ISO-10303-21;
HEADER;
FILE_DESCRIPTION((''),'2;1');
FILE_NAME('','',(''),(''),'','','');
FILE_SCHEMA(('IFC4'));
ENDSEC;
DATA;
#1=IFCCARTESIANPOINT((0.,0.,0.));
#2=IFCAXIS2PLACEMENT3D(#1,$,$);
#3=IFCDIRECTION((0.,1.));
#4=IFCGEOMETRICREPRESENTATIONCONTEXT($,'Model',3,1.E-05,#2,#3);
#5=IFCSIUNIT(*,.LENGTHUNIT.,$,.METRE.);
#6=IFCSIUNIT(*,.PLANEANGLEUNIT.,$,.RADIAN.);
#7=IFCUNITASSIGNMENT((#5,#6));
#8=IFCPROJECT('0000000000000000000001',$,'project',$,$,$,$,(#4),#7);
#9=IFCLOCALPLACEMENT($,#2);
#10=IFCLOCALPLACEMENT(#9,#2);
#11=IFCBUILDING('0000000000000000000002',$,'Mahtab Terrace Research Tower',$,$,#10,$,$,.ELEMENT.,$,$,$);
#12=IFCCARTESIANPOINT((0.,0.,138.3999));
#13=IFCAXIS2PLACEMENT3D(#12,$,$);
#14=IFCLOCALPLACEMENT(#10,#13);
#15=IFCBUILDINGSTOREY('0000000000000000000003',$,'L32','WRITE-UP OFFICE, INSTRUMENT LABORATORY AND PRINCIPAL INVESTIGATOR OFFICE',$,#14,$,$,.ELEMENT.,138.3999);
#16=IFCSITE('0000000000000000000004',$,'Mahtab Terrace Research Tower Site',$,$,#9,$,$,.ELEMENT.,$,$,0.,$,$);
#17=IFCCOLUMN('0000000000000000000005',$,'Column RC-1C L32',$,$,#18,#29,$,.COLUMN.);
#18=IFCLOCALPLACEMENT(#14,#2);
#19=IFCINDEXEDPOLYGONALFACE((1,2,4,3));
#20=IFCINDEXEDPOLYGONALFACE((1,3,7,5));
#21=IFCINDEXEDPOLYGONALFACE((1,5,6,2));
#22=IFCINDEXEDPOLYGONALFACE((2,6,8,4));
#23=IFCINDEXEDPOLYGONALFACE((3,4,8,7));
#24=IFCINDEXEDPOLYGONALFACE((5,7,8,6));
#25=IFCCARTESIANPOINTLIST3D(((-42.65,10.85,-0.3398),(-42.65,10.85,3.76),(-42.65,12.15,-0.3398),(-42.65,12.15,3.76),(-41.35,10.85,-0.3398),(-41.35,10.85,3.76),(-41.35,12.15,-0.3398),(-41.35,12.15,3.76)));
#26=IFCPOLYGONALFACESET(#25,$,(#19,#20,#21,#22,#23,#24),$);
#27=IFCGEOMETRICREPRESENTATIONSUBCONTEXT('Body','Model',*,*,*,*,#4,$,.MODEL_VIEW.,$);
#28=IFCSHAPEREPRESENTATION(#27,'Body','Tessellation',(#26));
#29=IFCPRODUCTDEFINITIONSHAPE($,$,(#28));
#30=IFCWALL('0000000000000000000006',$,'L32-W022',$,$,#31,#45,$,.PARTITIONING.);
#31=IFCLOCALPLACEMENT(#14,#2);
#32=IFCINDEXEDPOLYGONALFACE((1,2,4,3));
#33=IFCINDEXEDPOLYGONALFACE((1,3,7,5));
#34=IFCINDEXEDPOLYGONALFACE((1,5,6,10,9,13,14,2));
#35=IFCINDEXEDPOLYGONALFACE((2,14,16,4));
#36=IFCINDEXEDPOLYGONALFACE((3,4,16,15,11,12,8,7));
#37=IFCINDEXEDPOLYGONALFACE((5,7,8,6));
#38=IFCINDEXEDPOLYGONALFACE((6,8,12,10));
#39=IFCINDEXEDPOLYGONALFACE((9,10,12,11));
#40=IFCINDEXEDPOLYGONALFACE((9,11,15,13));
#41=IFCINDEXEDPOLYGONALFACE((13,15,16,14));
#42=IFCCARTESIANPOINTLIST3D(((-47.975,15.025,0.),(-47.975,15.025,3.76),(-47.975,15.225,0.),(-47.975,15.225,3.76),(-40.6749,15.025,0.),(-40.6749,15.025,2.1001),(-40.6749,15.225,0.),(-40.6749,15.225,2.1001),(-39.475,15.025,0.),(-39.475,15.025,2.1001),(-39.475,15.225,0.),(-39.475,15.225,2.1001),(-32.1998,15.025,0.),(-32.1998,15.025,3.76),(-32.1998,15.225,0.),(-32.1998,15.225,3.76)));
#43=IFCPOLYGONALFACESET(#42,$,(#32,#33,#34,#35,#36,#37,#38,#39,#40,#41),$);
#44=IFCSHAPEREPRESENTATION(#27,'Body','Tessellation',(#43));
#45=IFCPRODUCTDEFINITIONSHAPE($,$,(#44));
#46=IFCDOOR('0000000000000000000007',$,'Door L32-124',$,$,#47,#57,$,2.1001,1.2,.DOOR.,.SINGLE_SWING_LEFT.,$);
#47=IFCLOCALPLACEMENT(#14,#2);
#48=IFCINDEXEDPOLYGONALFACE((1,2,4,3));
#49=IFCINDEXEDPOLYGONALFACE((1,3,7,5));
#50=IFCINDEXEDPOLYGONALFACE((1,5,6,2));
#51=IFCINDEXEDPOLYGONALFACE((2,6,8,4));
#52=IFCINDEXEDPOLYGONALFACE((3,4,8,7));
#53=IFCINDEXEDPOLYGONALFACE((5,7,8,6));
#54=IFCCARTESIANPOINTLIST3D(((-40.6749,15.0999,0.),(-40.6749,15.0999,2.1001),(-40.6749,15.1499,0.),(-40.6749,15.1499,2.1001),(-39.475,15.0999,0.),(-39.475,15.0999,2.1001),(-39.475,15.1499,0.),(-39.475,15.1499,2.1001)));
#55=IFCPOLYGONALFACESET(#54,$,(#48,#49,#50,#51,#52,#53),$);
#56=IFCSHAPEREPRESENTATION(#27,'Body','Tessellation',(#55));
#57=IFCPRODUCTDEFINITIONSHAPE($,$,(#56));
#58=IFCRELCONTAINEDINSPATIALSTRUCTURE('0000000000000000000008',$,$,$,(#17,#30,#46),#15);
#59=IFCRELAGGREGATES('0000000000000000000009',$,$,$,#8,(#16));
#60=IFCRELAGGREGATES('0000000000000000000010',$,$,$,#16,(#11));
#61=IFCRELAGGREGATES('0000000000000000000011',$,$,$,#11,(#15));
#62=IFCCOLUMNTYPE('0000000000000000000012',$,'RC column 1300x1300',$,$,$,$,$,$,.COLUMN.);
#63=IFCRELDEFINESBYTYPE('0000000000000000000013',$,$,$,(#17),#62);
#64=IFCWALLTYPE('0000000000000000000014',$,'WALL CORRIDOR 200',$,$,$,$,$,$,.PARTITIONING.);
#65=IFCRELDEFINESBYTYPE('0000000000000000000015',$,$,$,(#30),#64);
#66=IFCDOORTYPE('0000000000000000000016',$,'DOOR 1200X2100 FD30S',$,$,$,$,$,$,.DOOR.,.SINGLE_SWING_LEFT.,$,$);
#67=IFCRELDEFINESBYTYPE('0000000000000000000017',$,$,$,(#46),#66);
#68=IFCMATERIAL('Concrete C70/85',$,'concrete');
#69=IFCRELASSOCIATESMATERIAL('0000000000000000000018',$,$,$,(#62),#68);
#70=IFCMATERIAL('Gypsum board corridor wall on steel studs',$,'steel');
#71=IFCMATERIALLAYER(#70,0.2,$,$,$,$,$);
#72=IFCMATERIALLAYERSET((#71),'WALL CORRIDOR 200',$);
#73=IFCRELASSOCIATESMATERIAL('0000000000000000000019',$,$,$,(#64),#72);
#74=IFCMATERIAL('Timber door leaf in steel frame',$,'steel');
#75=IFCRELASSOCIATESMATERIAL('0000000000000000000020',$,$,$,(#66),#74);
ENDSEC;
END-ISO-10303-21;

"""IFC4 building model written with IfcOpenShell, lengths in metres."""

from ifc_helpers import new_model, si_unit, direction, frame, frame_2d, origin, origin_2d, place, context, subcontext, project, spatial, rectangle, extrude, material, layer, layer_set, material_profile, profile_set, type_object, element, fill, save


model = new_model("IFC4")

# Units and contexts
model_context = context("Model", 3, precision=1e-05, world=origin(), true_north=direction((0.0, 1.0)))
body_context = subcontext(model_context, "Body", "Model", "MODEL_VIEW")
ifc_project = project(units=[si_unit("LENGTHUNIT", "METRE"), si_unit("PLANEANGLEUNIT", "RADIAN")], contexts=[model_context])

# Site, building, storey
site_placement = place(None, origin())
site = spatial("IfcSite", under=ifc_project, at=site_placement, Name="Mahtab Terrace Research Tower Site", CompositionType="ELEMENT", RefElevation=0.0)
building_placement = place(site_placement, origin())
building = spatial("IfcBuilding", under=site, at=building_placement, Name="Mahtab Terrace Research Tower", CompositionType="ELEMENT")
storey_placement = place(building_placement, frame((0.0, 0.0, 138.3999)))
storey = spatial("IfcBuildingStorey", under=building, at=storey_placement, Name="L32", Description="WRITE-UP OFFICE, INSTRUMENT LABORATORY AND PRINCIPAL INVESTIGATOR OFFICE", CompositionType="ELEMENT", Elevation=138.3999)

# Column
ifc_material_1 = material(Name="Concrete C70/85", Category="concrete")
ifc_material_profile = material_profile(ifc_material_1, rectangle(XDim=1.3, YDim=1.3, at=origin_2d()), Name="RC column 1300x1300")
ifc_profile_set = profile_set([ifc_material_profile], Name="Concrete C70/85")
column_type = type_object("IfcColumnType", Name="RC column 1300x1300", PredefinedType="COLUMN", material=ifc_profile_set)
column_placement = place(storey_placement, frame((-42.0, 11.5, -0.3398), z_axis=(0.0, 0.0, 1.0), x_axis=(1.0, 0.0, 0.0)))
element("IfcColumn", 1, at=column_placement, inside=storey, type_object=column_type, Name="Column RC-1C L32", PredefinedType="COLUMN", context=body_context, shape_type="SweptSolid", body=[
    extrude(rectangle(XDim=1.3, YDim=1.3, at=origin_2d()), origin(), (0.0, 0.0, 1.0), 4.0999),
])

# Wall, opening, door
ifc_material_2 = material(Name="Gypsum board corridor wall on steel studs", Category="steel")
ifc_layer = layer(ifc_material_2, 0.2)
ifc_layer_set = layer_set([ifc_layer], Name="WALL CORRIDOR 200")
wall_type = type_object("IfcWallType", Name="WALL CORRIDOR 200", PredefinedType="PARTITIONING", material=ifc_layer_set)
wall_placement = place(storey_placement, frame((-47.9751, 15.125, 0.0), z_axis=(0.0, 0.0, 1.0), x_axis=(1.0, 0.0, 0.0)))
wall = element("IfcWall", 2, at=wall_placement, inside=storey, type_object=wall_type, Name="L32-W022", PredefinedType="PARTITIONING", context=body_context, shape_type="SweptSolid", body=[
    extrude(rectangle(XDim=15.7751, YDim=0.2, at=frame_2d((7.8877, 0.0))), origin(), (0.0, 0.0, 1.0), 3.76),
])
opening_placement = place(wall_placement, frame((7.3, 0.0, 0.0)))
opening = element("IfcOpeningElement", 3, at=opening_placement, cuts=wall, PredefinedType="OPENING", context=body_context, shape_type="SweptSolid", body=[
    extrude(rectangle(XDim=1.2, YDim=2.1001, at=frame_2d((0.6001, 1.05))), frame((0.0, 0.1099, 0.0), z_axis=(0.0, -1.0, 0.0), x_axis=(1.0, 0.0, 0.0)), (0.0, 0.0, 1.0), 0.22),
])
ifc_material_3 = material(Name="Timber door leaf in steel frame", Category="steel")
door_type = type_object("IfcDoorType", Name="DOOR 1200X2100 FD30S", OperationType="SINGLE_SWING_LEFT", PredefinedType="DOOR", material=ifc_material_3)
door_placement = place(opening_placement, origin())
door = element("IfcDoor", 4, at=door_placement, inside=storey, type_object=door_type, Name="Door L32-124", OperationType="SINGLE_SWING_LEFT", OverallHeight=2.1001, OverallWidth=1.2, PredefinedType="DOOR", context=body_context, shape_type="SweptSolid", body=[
    extrude(rectangle(XDim=1.2, YDim=2.1001, at=frame_2d((0.6001, 1.05))), frame((0.0, 0.0249, 0.0), z_axis=(0.0, -1.0, 0.0), x_axis=(1.0, 0.0, 0.0)), (0.0, 0.0, 1.0), 0.05),
])
fill(opening, door)

save(model, "model.ifc")
